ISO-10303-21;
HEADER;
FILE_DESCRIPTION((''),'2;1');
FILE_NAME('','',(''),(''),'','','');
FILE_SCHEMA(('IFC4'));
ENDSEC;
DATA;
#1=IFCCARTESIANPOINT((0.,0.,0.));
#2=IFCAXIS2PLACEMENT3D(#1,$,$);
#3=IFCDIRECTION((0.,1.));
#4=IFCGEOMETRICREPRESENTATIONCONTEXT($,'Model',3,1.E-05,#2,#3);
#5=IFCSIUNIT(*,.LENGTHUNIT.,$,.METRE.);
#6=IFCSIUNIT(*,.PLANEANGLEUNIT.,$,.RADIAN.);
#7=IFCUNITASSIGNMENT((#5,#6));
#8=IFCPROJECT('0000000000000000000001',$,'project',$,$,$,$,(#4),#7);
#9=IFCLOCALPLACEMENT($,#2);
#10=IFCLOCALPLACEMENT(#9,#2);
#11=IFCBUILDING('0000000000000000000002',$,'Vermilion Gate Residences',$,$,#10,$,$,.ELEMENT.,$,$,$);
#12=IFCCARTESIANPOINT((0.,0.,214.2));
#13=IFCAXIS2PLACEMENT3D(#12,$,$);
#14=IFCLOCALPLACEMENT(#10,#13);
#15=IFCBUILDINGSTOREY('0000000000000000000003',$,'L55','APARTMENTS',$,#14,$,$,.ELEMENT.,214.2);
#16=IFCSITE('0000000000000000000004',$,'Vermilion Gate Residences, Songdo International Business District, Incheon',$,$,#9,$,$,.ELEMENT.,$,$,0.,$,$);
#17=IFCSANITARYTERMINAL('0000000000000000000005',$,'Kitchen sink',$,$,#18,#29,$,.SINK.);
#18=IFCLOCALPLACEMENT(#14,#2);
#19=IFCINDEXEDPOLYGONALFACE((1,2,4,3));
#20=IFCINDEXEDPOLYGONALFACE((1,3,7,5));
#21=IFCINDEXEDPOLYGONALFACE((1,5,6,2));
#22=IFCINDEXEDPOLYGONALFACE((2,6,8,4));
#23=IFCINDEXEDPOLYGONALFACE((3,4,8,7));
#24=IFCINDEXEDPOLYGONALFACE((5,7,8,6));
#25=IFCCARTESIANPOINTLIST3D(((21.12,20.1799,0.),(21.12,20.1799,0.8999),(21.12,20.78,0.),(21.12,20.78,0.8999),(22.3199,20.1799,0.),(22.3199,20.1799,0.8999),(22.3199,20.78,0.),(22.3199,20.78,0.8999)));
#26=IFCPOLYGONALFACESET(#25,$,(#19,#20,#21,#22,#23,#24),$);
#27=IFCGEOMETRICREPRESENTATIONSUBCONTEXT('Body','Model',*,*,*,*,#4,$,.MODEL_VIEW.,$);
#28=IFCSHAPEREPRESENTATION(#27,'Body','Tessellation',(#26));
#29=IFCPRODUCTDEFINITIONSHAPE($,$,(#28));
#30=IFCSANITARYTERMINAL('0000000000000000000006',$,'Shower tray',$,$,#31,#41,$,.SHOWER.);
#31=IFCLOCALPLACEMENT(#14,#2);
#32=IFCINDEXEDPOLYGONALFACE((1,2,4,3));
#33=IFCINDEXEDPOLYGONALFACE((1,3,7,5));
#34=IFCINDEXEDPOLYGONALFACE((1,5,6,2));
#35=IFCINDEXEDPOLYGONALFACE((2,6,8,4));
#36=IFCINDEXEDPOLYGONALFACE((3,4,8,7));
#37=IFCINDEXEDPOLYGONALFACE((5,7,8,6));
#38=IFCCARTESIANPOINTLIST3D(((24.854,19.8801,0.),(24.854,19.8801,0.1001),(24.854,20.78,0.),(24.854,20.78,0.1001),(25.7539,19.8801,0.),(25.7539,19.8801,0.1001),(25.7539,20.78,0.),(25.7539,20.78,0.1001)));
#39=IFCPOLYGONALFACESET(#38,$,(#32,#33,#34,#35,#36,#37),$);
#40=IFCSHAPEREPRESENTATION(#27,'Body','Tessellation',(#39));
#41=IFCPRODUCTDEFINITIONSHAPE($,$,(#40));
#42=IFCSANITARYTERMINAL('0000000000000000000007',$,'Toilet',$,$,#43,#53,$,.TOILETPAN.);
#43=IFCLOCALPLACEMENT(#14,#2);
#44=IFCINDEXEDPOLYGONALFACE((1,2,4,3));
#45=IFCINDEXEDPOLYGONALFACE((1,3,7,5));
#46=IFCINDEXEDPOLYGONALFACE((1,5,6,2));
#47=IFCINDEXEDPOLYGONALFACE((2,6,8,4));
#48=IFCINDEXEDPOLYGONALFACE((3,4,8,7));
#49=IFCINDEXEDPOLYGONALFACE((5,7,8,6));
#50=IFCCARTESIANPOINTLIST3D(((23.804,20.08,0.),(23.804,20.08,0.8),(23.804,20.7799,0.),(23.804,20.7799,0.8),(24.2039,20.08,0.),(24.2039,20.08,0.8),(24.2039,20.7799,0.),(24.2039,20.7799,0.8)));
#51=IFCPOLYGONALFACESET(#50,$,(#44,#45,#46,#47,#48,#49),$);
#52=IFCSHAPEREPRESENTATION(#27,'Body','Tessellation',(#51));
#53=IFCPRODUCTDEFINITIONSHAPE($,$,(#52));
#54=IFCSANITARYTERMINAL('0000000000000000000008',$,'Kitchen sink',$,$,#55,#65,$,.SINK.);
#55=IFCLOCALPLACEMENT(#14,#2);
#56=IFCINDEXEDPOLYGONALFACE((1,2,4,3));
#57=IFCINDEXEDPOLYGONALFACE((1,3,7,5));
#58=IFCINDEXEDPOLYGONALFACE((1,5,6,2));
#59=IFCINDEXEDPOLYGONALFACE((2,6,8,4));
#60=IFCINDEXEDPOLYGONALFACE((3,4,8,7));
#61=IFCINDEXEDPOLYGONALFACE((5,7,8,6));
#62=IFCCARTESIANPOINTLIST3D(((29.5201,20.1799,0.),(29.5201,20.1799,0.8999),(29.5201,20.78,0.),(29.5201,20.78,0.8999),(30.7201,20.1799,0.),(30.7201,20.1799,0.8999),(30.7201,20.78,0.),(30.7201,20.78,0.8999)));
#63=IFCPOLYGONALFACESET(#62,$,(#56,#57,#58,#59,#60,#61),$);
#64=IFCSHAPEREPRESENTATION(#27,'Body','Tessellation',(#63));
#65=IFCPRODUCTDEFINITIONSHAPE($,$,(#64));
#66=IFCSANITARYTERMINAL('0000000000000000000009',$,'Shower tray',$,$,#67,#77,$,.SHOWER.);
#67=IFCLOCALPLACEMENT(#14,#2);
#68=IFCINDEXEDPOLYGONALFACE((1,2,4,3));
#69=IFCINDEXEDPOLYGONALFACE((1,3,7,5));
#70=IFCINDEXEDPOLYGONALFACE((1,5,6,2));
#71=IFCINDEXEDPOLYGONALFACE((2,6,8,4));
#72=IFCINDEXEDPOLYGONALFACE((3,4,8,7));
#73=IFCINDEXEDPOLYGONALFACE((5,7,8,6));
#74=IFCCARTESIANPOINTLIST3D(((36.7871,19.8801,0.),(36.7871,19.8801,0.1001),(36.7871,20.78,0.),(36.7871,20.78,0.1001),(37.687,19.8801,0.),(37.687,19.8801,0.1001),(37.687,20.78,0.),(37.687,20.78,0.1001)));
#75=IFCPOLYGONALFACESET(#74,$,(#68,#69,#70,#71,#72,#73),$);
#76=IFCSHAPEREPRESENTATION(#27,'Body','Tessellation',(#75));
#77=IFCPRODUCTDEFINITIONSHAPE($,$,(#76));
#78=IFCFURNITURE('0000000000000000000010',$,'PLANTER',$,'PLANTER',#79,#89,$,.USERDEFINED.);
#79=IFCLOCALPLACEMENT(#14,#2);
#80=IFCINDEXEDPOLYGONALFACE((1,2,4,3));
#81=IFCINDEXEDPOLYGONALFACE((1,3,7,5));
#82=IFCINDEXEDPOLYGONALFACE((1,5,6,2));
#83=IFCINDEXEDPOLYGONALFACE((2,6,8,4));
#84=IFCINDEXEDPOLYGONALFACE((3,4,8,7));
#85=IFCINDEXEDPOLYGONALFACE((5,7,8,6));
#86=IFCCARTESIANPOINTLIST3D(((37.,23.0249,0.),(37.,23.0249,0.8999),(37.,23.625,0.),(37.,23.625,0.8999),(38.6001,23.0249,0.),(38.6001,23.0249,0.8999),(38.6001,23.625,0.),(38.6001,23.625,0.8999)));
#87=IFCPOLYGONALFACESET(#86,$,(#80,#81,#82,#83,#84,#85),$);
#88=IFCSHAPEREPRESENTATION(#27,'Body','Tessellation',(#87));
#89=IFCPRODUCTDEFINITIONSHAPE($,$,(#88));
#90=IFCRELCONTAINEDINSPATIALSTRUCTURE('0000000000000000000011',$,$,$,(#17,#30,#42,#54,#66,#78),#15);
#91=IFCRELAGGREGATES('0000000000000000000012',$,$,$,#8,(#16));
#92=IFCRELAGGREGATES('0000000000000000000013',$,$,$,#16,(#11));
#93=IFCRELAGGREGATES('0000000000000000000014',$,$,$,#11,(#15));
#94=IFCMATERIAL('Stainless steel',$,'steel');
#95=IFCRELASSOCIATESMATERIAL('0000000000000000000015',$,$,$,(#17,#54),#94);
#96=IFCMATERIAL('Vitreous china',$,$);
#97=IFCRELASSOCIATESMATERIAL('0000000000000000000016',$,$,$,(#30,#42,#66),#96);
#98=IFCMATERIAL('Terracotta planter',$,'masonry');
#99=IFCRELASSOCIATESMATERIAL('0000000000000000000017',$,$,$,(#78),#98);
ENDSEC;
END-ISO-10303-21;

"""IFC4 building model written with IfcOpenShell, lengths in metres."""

from ifc_helpers import new_model, si_unit, direction, frame, origin, origin_2d, place, context, subcontext, project, spatial, rectangle, extrude, material, element, save


model = new_model("IFC4")

# Units and contexts
model_context = context("Model", 3, precision=1e-05, world=origin(), true_north=direction((0.0, 1.0)))
body_context = subcontext(model_context, "Body", "Model", "MODEL_VIEW")
ifc_project = project(units=[si_unit("LENGTHUNIT", "METRE"), si_unit("PLANEANGLEUNIT", "RADIAN")], contexts=[model_context])

# Site, building, storey
site_placement = place(None, origin())
site = spatial("IfcSite", under=ifc_project, at=site_placement, Name="Vermilion Gate Residences, Songdo International Business District, Incheon", CompositionType="ELEMENT", RefElevation=0.0)
building_placement = place(site_placement, origin())
building = spatial("IfcBuilding", under=site, at=building_placement, Name="Vermilion Gate Residences", CompositionType="ELEMENT")
storey_placement = place(building_placement, frame((0.0, 0.0, 214.2)))
storey = spatial("IfcBuildingStorey", under=building, at=storey_placement, Name="L55", Description="APARTMENTS", CompositionType="ELEMENT", Elevation=214.2)

# Sanitary terminals
ifc_material_1 = material(Name="Stainless steel", Category="steel")
sanitary_terminal_1_placement = place(storey_placement, frame((21.72, 20.48, 0.0), z_axis=(0.0, 0.0, 1.0), x_axis=(1.0, 0.0, 0.0)))
element("IfcSanitaryTerminal", 1, at=sanitary_terminal_1_placement, inside=storey, material=ifc_material_1, Name="Kitchen sink", PredefinedType="SINK", context=body_context, shape_type="SweptSolid", body=[
    extrude(rectangle(XDim=1.2, YDim=0.6001, at=origin_2d()), origin(), (0.0, 0.0, 1.0), 0.8999),
])
ifc_material_2 = material(Name="Vitreous china")
sanitary_terminal_2_placement = place(storey_placement, frame((25.304, 20.3301, 0.0), z_axis=(0.0, 0.0, 1.0), x_axis=(1.0, 0.0, 0.0)))
element("IfcSanitaryTerminal", 2, at=sanitary_terminal_2_placement, inside=storey, material=ifc_material_2, Name="Shower tray", PredefinedType="SHOWER", context=body_context, shape_type="SweptSolid", body=[
    extrude(rectangle(XDim=0.8999, YDim=0.8999, at=origin_2d()), origin(), (0.0, 0.0, 1.0), 0.1001),
])
sanitary_terminal_3_placement = place(storey_placement, frame((24.0039, 20.4299, 0.0), z_axis=(0.0, 0.0, 1.0), x_axis=(1.0, 0.0, 0.0)))
element("IfcSanitaryTerminal", 3, at=sanitary_terminal_3_placement, inside=storey, material=ifc_material_2, Name="Toilet", PredefinedType="TOILETPAN", context=body_context, shape_type="SweptSolid", body=[
    extrude(rectangle(XDim=0.3999, YDim=0.7, at=origin_2d()), origin(), (0.0, 0.0, 1.0), 0.8),
])
sanitary_terminal_4_placement = place(storey_placement, frame((30.1201, 20.48, 0.0), z_axis=(0.0, 0.0, 1.0), x_axis=(1.0, 0.0, 0.0)))
element("IfcSanitaryTerminal", 4, at=sanitary_terminal_4_placement, inside=storey, material=ifc_material_1, Name="Kitchen sink", PredefinedType="SINK", context=body_context, shape_type="SweptSolid", body=[
    extrude(rectangle(XDim=1.2, YDim=0.6001, at=origin_2d()), origin(), (0.0, 0.0, 1.0), 0.8999),
])
sanitary_terminal_5_placement = place(storey_placement, frame((37.2371, 20.3301, 0.0), z_axis=(0.0, 0.0, 1.0), x_axis=(1.0, 0.0, 0.0)))
element("IfcSanitaryTerminal", 5, at=sanitary_terminal_5_placement, inside=storey, material=ifc_material_2, Name="Shower tray", PredefinedType="SHOWER", context=body_context, shape_type="SweptSolid", body=[
    extrude(rectangle(XDim=0.8999, YDim=0.8999, at=origin_2d()), origin(), (0.0, 0.0, 1.0), 0.1001),
])

# Furniture
ifc_material_3 = material(Name="Terracotta planter", Category="masonry")
furniture_placement = place(storey_placement, frame((37.8, 23.325, 0.0), z_axis=(0.0, 0.0, 1.0), x_axis=(-1.0, 0.0, 0.0)))
element("IfcFurniture", 6, at=furniture_placement, inside=storey, material=ifc_material_3, Name="PLANTER", ObjectType="PLANTER", PredefinedType="USERDEFINED", context=body_context, shape_type="SweptSolid", body=[
    extrude(rectangle(XDim=1.6001, YDim=0.6001, at=origin_2d()), origin(), (0.0, 0.0, 1.0), 0.8999),
])

save(model, "model.ifc")
